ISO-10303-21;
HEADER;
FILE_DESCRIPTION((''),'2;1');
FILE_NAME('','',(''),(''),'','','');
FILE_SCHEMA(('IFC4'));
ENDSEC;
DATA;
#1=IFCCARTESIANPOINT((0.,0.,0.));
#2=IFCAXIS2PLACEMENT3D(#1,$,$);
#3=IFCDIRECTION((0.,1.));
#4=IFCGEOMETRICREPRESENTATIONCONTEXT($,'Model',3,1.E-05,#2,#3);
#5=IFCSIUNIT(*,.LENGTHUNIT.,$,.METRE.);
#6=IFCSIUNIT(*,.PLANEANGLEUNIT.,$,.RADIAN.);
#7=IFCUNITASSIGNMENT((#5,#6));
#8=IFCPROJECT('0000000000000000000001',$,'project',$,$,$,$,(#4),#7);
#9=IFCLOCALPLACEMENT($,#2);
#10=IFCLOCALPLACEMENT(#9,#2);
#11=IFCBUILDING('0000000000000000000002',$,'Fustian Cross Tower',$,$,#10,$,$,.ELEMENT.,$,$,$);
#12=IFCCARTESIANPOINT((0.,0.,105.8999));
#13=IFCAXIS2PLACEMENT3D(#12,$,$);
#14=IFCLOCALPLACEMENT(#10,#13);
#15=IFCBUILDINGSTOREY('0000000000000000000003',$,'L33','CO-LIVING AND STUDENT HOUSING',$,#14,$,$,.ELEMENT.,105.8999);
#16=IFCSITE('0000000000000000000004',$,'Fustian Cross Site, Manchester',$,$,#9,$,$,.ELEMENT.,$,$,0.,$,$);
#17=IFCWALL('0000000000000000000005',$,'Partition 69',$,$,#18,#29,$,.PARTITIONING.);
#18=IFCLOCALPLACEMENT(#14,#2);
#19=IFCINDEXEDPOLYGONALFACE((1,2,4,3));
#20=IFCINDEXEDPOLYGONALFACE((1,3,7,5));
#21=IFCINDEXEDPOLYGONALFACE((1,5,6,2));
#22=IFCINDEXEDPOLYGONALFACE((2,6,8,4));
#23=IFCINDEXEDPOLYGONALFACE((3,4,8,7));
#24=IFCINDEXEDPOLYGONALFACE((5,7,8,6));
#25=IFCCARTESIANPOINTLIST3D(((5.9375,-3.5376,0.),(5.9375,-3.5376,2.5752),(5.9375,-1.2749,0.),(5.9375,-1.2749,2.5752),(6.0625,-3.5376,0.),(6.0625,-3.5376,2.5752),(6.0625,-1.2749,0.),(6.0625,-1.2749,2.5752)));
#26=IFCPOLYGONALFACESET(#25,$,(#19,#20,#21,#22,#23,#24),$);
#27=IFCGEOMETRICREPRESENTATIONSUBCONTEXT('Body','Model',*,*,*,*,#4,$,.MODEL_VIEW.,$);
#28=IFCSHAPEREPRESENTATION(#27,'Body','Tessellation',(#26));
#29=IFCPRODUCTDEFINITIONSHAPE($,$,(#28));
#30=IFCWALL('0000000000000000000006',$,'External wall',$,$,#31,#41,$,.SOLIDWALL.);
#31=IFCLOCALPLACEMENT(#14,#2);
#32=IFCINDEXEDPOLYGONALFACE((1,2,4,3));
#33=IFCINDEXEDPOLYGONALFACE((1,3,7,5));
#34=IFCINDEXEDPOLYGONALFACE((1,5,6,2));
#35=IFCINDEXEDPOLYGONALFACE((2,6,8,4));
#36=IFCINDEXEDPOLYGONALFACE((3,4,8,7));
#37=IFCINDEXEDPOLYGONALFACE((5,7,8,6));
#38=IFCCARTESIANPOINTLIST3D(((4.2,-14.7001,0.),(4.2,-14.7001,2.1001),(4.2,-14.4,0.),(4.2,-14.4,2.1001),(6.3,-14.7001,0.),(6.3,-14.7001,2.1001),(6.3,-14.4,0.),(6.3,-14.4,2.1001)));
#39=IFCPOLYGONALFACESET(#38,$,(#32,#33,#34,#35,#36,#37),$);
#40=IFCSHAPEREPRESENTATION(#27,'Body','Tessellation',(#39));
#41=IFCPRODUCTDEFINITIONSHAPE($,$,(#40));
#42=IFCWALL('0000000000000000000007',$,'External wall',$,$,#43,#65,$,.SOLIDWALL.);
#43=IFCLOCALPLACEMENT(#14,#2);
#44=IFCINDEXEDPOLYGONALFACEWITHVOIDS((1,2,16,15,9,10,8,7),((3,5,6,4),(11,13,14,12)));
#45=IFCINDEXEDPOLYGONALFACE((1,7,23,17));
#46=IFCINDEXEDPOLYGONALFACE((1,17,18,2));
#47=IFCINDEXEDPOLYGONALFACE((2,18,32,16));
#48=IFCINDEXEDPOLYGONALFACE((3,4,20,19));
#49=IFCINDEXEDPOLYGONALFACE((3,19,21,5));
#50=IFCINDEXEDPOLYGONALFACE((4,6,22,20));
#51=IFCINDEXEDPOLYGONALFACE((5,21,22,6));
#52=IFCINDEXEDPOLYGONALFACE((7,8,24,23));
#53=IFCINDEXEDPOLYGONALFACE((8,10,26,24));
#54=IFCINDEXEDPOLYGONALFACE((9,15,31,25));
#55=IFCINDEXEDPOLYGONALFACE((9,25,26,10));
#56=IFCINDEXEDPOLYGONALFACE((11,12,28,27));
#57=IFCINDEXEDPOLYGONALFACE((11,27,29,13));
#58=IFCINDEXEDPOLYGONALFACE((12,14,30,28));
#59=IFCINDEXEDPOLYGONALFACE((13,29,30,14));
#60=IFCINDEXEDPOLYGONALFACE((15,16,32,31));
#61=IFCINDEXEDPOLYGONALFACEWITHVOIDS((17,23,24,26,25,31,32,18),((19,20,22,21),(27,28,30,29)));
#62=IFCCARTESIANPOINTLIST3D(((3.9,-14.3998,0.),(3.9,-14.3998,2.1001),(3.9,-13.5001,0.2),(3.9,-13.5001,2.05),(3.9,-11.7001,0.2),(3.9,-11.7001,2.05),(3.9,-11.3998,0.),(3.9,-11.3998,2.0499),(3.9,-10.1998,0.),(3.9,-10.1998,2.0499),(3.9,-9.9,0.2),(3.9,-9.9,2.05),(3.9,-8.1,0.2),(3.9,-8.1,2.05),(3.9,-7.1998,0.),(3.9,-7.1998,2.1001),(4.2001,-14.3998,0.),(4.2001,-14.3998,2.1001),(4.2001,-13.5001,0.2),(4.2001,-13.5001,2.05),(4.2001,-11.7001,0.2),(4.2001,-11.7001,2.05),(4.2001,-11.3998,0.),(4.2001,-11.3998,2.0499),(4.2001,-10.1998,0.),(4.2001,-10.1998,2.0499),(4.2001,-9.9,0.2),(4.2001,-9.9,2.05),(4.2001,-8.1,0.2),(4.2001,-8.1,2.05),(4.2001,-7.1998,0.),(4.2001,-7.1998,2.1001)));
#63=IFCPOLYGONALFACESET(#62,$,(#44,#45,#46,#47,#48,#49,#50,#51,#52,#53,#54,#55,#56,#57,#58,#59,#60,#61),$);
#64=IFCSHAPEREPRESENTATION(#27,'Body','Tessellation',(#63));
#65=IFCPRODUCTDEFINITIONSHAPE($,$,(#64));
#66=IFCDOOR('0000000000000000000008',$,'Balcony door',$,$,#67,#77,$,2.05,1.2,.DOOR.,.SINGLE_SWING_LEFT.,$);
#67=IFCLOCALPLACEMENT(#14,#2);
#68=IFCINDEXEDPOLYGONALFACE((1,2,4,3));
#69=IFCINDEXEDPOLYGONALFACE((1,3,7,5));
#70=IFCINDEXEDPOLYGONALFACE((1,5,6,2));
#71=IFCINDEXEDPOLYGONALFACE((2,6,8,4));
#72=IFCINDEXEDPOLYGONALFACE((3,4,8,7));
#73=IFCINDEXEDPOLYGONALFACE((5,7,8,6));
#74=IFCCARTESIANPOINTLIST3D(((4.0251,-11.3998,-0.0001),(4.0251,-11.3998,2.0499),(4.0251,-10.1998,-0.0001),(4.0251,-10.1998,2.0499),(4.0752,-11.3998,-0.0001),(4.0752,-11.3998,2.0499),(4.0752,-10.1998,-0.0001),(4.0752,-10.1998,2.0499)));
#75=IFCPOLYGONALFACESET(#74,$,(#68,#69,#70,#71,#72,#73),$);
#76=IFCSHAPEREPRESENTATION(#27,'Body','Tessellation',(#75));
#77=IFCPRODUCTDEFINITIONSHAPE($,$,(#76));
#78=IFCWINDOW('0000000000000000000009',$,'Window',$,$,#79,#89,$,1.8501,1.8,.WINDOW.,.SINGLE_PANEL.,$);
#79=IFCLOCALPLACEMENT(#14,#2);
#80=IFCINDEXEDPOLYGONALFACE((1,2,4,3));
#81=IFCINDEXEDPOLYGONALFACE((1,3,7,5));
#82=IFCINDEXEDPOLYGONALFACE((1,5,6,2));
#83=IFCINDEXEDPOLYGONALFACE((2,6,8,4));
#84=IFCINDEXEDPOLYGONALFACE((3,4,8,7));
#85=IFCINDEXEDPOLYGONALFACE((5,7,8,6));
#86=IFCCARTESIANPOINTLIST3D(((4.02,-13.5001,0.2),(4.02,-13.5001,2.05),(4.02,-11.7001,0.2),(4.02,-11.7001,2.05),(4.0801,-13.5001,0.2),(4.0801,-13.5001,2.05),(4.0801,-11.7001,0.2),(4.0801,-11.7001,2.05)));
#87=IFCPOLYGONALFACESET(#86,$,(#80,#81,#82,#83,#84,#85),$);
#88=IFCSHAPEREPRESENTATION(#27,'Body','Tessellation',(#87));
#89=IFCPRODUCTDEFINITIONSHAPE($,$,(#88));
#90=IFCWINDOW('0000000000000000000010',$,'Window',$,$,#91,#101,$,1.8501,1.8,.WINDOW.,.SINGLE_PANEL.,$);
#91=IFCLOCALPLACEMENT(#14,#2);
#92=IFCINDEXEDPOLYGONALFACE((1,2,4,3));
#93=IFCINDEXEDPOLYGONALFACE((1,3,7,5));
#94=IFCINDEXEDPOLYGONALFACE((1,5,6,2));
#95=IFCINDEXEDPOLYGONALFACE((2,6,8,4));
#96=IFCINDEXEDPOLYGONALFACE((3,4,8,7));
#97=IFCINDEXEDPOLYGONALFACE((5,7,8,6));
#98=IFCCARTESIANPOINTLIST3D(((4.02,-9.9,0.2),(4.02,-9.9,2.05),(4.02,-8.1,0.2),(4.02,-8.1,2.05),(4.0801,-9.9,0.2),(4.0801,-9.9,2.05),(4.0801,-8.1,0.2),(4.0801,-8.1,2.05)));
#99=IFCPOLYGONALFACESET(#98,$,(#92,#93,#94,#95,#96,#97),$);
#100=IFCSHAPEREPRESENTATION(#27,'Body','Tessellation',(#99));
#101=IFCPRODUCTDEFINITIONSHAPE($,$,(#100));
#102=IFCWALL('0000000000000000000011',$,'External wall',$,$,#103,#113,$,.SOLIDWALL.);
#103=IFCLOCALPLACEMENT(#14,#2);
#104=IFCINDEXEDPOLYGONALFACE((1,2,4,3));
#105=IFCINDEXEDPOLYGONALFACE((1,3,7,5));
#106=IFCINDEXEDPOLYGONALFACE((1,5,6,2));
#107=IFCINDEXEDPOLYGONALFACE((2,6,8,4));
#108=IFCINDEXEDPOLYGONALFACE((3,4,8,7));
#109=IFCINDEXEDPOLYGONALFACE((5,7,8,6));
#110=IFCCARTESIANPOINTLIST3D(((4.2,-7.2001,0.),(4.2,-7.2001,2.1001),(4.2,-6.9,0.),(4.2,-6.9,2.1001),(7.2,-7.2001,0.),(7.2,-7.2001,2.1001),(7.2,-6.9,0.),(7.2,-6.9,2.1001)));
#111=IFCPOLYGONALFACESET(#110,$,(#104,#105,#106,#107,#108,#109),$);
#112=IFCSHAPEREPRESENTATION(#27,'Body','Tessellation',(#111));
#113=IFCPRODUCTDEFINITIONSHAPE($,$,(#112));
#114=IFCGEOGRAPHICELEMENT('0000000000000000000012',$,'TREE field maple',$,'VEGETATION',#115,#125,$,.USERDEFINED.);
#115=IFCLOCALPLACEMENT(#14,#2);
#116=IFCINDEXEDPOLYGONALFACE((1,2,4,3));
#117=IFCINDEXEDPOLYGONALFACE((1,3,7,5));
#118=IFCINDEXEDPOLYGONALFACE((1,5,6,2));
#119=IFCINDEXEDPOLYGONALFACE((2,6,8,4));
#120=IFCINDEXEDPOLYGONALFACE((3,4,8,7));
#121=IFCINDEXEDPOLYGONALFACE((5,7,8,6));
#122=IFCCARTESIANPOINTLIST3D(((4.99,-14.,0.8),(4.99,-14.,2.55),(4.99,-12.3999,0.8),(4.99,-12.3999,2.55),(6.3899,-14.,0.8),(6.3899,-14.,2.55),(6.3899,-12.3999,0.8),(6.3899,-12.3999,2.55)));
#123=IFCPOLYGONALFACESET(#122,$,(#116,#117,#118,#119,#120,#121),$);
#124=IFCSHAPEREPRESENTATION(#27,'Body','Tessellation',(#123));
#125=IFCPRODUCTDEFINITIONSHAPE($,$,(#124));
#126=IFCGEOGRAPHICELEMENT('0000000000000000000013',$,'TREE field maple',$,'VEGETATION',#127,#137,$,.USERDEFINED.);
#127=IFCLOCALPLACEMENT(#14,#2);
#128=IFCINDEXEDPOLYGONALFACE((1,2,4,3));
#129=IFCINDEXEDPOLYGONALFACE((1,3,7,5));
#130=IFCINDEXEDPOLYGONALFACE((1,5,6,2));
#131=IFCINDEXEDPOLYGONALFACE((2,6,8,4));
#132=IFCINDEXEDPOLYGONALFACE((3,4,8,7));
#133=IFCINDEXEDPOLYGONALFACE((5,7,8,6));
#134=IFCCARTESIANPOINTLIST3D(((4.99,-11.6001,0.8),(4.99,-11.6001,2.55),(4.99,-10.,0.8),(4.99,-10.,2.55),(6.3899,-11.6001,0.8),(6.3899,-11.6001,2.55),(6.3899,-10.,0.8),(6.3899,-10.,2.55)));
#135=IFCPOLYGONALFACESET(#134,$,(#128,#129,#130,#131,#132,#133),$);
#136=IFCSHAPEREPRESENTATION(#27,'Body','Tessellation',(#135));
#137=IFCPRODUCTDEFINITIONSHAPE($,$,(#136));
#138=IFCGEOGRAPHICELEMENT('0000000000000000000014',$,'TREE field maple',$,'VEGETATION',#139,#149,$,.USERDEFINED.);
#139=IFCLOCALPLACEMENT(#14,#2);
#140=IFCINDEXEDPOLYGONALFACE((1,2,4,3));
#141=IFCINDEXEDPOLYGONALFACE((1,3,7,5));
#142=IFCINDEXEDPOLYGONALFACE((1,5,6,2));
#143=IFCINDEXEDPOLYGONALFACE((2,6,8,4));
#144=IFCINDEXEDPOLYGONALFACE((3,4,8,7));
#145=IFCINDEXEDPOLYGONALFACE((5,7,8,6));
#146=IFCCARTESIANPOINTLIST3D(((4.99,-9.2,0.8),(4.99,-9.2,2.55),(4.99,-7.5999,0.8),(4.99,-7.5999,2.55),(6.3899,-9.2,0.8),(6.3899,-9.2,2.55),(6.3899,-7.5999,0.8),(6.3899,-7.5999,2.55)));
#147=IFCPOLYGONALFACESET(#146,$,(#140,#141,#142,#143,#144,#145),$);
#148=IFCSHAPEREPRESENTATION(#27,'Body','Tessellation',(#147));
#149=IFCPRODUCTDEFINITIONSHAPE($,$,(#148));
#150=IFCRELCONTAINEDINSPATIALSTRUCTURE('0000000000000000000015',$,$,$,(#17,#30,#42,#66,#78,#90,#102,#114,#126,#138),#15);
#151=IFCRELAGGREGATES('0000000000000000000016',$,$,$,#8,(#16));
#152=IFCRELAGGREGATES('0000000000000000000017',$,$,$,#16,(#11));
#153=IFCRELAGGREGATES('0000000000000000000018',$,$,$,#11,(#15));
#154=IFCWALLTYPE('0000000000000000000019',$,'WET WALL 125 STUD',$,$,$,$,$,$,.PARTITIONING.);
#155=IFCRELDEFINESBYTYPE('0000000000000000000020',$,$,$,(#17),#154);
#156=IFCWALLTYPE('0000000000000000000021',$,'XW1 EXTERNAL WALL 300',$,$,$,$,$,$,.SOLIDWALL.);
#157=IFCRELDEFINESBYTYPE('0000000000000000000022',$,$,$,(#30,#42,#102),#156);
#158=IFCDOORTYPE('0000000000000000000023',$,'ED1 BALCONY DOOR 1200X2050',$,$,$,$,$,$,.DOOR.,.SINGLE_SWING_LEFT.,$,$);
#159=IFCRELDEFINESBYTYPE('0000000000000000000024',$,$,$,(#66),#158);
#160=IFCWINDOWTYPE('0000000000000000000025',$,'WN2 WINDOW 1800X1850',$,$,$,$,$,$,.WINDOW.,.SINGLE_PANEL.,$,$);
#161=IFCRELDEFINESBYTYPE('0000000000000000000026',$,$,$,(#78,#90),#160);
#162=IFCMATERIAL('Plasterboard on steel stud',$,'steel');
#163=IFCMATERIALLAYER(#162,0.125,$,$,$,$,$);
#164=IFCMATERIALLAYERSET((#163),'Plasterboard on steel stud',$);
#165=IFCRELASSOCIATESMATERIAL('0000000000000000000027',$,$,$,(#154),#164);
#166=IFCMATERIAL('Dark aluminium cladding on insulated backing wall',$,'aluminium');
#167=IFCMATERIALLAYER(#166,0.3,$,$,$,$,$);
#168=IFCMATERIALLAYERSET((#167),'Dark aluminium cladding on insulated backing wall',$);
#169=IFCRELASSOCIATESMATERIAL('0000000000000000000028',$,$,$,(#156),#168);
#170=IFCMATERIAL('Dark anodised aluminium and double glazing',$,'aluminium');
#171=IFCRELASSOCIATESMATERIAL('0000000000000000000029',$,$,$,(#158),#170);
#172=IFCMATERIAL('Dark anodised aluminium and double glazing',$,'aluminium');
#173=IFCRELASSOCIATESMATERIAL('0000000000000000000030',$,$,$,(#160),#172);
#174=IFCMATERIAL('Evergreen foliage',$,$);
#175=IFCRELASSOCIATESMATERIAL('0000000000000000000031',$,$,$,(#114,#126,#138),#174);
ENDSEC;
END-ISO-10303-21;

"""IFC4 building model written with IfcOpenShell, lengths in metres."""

from ifc_helpers import new_model, si_unit, direction, frame, frame_2d, origin, origin_2d, place, context, subcontext, project, spatial, rectangle, extrude, material, layer, layer_set, type_object, element, fill, save


model = new_model("IFC4")

# Units and contexts
model_context = context("Model", 3, precision=1e-05, world=origin(), true_north=direction((0.0, 1.0)))
body_context = subcontext(model_context, "Body", "Model", "MODEL_VIEW")
ifc_project = project(units=[si_unit("LENGTHUNIT", "METRE"), si_unit("PLANEANGLEUNIT", "RADIAN")], contexts=[model_context])

# Site, building, storey
site_placement = place(None, origin())
site = spatial("IfcSite", under=ifc_project, at=site_placement, Name="Fustian Cross Site, Manchester", CompositionType="ELEMENT", RefElevation=0.0)
building_placement = place(site_placement, origin())
building = spatial("IfcBuilding", under=site, at=building_placement, Name="Fustian Cross Tower", CompositionType="ELEMENT")
storey_placement = place(building_placement, frame((0.0, 0.0, 105.8999)))
storey = spatial("IfcBuildingStorey", under=building, at=storey_placement, Name="L33", Description="CO-LIVING AND STUDENT HOUSING", CompositionType="ELEMENT", Elevation=105.8999)

# Walls
ifc_material_1 = material(Name="Plasterboard on steel stud", Category="steel")
ifc_layer_1 = layer(ifc_material_1, 0.125)
ifc_layer_set_1 = layer_set([ifc_layer_1], Name="Plasterboard on steel stud")
wall_type_1 = type_object("IfcWallType", Name="WET WALL 125 STUD", PredefinedType="PARTITIONING", material=ifc_layer_set_1)
for number, where, z_axis, x_axis, name in (
    (1, (6.0, -3.5376, 0.0), (0.0, 0.0, 1.0), (0.0, 1.0, 0.0), "Partition 69"),
):
    element("IfcWall", number, at=place(storey_placement, frame(where, z_axis=z_axis, x_axis=x_axis)), inside=storey, type_object=wall_type_1, Name=name, PredefinedType="PARTITIONING", context=body_context, shape_type="SweptSolid", body=[
        extrude(rectangle(XDim=2.2627, YDim=0.125, at=frame_2d((1.1313, 0.0))), origin(), (0.0, 0.0, 1.0), 2.5752),
    ])
ifc_material_2 = material(Name="Dark aluminium cladding on insulated backing wall", Category="aluminium")
ifc_layer_2 = layer(ifc_material_2, 0.3)
ifc_layer_set_2 = layer_set([ifc_layer_2], Name="Dark aluminium cladding on insulated backing wall")
wall_type_2 = type_object("IfcWallType", Name="XW1 EXTERNAL WALL 300", PredefinedType="SOLIDWALL", material=ifc_layer_set_2)
wall_1_placement = place(storey_placement, frame((6.3, -14.55, 0.0), z_axis=(0.0, 0.0, 1.0), x_axis=(-1.0, 0.0, 0.0)))
element("IfcWall", 2, at=wall_1_placement, inside=storey, type_object=wall_type_2, Name="External wall", PredefinedType="SOLIDWALL", context=body_context, shape_type="SweptSolid", body=[
    extrude(rectangle(XDim=2.1001, YDim=0.3, at=frame_2d((1.05, 0.0))), origin(), (0.0, 0.0, 1.0), 2.1001),
])

# Wall, openings, door, windows
wall_2_placement = place(storey_placement, frame((4.05, -14.3999, 0.0), z_axis=(0.0, 0.0, 1.0), x_axis=(0.0, 1.0, 0.0)))
wall_2 = element("IfcWall", 3, at=wall_2_placement, inside=storey, type_object=wall_type_2, Name="External wall", PredefinedType="SOLIDWALL", context=body_context, shape_type="SweptSolid", body=[
    extrude(rectangle(XDim=7.2, YDim=0.3, at=frame_2d((3.6001, 0.0))), origin(), (0.0, 0.0, 1.0), 2.1001),
])
opening_1_placement = place(wall_2_placement, frame((3.0, 0.0, 0.0)))
opening_1 = element("IfcOpeningElement", 4, at=opening_1_placement, cuts=wall_2, PredefinedType="OPENING", context=body_context, shape_type="SweptSolid", body=[
    extrude(rectangle(XDim=1.2, YDim=2.05, at=frame_2d((0.6001, 1.0249))), frame((0.0, 0.1599, 0.0), z_axis=(0.0, -1.0, 0.0), x_axis=(1.0, 0.0, 0.0)), (0.0, 0.0, 1.0), 0.3201),
])
opening_2_placement = place(wall_2_placement, frame((0.8999, 0.0, 0.2)))
opening_2 = element("IfcOpeningElement", 5, at=opening_2_placement, cuts=wall_2, PredefinedType="OPENING", context=body_context, shape_type="SweptSolid", body=[
    extrude(rectangle(XDim=1.8, YDim=1.8501, at=frame_2d((0.8999, 0.925))), frame((0.0, 0.1599, 0.0), z_axis=(0.0, -1.0, 0.0), x_axis=(1.0, 0.0, 0.0)), (0.0, 0.0, 1.0), 0.3201),
])
opening_3_placement = place(wall_2_placement, frame((4.5, 0.0, 0.2)))
opening_3 = element("IfcOpeningElement", 6, at=opening_3_placement, cuts=wall_2, PredefinedType="OPENING", context=body_context, shape_type="SweptSolid", body=[
    extrude(rectangle(XDim=1.8, YDim=1.8501, at=frame_2d((0.8999, 0.925))), frame((0.0, 0.1599, 0.0), z_axis=(0.0, -1.0, 0.0), x_axis=(1.0, 0.0, 0.0)), (0.0, 0.0, 1.0), 0.3201),
])
ifc_material_3 = material(Name="Dark anodised aluminium and double glazing", Category="aluminium")
door_type = type_object("IfcDoorType", Name="ED1 BALCONY DOOR 1200X2050", OperationType="SINGLE_SWING_LEFT", PredefinedType="DOOR", material=ifc_material_3)
door_placement = place(opening_1_placement, origin())
door = element("IfcDoor", 7, at=door_placement, inside=storey, type_object=door_type, Name="Balcony door", OperationType="SINGLE_SWING_LEFT", OverallHeight=2.05, OverallWidth=1.2, PredefinedType="DOOR", context=body_context, shape_type="SweptSolid", body=[
    extrude(rectangle(XDim=1.2, YDim=2.05, at=frame_2d((0.6001, 1.0249))), frame((0.0, 0.0249, 0.0), z_axis=(0.0, -1.0, 0.0), x_axis=(1.0, 0.0, 0.0)), (0.0, 0.0, 1.0), 0.05),
])
fill(opening_1, door)
ifc_material_4 = material(Name="Dark anodised aluminium and double glazing", Category="aluminium")
window_type = type_object("IfcWindowType", Name="WN2 WINDOW 1800X1850", PartitioningType="SINGLE_PANEL", PredefinedType="WINDOW", material=ifc_material_4)
window_1_placement = place(opening_2_placement, origin())
window_1 = element("IfcWindow", 8, at=window_1_placement, inside=storey, type_object=window_type, Name="Window", OverallHeight=1.8501, OverallWidth=1.8, PartitioningType="SINGLE_PANEL", PredefinedType="WINDOW", context=body_context, shape_type="SweptSolid", body=[
    extrude(rectangle(XDim=1.8, YDim=1.8501, at=frame_2d((0.8999, 0.925))), frame((0.0, 0.03, 0.0), z_axis=(0.0, -1.0, 0.0), x_axis=(1.0, 0.0, 0.0)), (0.0, 0.0, 1.0), 0.0601),
])
fill(opening_2, window_1)
window_2_placement = place(opening_3_placement, origin())
window_2 = element("IfcWindow", 9, at=window_2_placement, inside=storey, type_object=window_type, Name="Window", OverallHeight=1.8501, OverallWidth=1.8, PartitioningType="SINGLE_PANEL", PredefinedType="WINDOW", context=body_context, shape_type="SweptSolid", body=[
    extrude(rectangle(XDim=1.8, YDim=1.8501, at=frame_2d((0.8999, 0.925))), frame((0.0, 0.03, 0.0), z_axis=(0.0, -1.0, 0.0), x_axis=(1.0, 0.0, 0.0)), (0.0, 0.0, 1.0), 0.0601),
])
fill(opening_3, window_2)

# Wall
wall_3_placement = place(storey_placement, frame((4.2, -7.05, 0.0), z_axis=(0.0, 0.0, 1.0), x_axis=(1.0, 0.0, 0.0)))
element("IfcWall", 10, at=wall_3_placement, inside=storey, type_object=wall_type_2, Name="External wall", PredefinedType="SOLIDWALL", context=body_context, shape_type="SweptSolid", body=[
    extrude(rectangle(XDim=3.0, YDim=0.3, at=frame_2d((1.5, 0.0))), origin(), (0.0, 0.0, 1.0), 2.1001),
])

# Geographic elements
ifc_material_5 = material(Name="Evergreen foliage")
for number, where, z_axis, x_axis, name in (
    (11, (5.6899, -13.2, 0.8), (0.0, 0.0, 1.0), (1.0, 0.0, 0.0), "TREE field maple"),
    (12, (5.6899, -10.8, 0.8), (0.0, 0.0, 1.0), (1.0, 0.0, 0.0), "TREE field maple"),
    (13, (5.6899, -8.3999, 0.8), (0.0, 0.0, 1.0), (1.0, 0.0, 0.0), "TREE field maple"),
):
    element("IfcGeographicElement", number, at=place(storey_placement, frame(where, z_axis=z_axis, x_axis=x_axis)), inside=storey, material=ifc_material_5, Name=name, ObjectType="VEGETATION", PredefinedType="USERDEFINED", context=body_context, shape_type="SweptSolid", body=[
        extrude(rectangle(XDim=1.3999, YDim=1.6001, at=origin_2d()), origin(), (0.0, 0.0, 1.0), 1.75),
    ])

save(model, "model.ifc")
